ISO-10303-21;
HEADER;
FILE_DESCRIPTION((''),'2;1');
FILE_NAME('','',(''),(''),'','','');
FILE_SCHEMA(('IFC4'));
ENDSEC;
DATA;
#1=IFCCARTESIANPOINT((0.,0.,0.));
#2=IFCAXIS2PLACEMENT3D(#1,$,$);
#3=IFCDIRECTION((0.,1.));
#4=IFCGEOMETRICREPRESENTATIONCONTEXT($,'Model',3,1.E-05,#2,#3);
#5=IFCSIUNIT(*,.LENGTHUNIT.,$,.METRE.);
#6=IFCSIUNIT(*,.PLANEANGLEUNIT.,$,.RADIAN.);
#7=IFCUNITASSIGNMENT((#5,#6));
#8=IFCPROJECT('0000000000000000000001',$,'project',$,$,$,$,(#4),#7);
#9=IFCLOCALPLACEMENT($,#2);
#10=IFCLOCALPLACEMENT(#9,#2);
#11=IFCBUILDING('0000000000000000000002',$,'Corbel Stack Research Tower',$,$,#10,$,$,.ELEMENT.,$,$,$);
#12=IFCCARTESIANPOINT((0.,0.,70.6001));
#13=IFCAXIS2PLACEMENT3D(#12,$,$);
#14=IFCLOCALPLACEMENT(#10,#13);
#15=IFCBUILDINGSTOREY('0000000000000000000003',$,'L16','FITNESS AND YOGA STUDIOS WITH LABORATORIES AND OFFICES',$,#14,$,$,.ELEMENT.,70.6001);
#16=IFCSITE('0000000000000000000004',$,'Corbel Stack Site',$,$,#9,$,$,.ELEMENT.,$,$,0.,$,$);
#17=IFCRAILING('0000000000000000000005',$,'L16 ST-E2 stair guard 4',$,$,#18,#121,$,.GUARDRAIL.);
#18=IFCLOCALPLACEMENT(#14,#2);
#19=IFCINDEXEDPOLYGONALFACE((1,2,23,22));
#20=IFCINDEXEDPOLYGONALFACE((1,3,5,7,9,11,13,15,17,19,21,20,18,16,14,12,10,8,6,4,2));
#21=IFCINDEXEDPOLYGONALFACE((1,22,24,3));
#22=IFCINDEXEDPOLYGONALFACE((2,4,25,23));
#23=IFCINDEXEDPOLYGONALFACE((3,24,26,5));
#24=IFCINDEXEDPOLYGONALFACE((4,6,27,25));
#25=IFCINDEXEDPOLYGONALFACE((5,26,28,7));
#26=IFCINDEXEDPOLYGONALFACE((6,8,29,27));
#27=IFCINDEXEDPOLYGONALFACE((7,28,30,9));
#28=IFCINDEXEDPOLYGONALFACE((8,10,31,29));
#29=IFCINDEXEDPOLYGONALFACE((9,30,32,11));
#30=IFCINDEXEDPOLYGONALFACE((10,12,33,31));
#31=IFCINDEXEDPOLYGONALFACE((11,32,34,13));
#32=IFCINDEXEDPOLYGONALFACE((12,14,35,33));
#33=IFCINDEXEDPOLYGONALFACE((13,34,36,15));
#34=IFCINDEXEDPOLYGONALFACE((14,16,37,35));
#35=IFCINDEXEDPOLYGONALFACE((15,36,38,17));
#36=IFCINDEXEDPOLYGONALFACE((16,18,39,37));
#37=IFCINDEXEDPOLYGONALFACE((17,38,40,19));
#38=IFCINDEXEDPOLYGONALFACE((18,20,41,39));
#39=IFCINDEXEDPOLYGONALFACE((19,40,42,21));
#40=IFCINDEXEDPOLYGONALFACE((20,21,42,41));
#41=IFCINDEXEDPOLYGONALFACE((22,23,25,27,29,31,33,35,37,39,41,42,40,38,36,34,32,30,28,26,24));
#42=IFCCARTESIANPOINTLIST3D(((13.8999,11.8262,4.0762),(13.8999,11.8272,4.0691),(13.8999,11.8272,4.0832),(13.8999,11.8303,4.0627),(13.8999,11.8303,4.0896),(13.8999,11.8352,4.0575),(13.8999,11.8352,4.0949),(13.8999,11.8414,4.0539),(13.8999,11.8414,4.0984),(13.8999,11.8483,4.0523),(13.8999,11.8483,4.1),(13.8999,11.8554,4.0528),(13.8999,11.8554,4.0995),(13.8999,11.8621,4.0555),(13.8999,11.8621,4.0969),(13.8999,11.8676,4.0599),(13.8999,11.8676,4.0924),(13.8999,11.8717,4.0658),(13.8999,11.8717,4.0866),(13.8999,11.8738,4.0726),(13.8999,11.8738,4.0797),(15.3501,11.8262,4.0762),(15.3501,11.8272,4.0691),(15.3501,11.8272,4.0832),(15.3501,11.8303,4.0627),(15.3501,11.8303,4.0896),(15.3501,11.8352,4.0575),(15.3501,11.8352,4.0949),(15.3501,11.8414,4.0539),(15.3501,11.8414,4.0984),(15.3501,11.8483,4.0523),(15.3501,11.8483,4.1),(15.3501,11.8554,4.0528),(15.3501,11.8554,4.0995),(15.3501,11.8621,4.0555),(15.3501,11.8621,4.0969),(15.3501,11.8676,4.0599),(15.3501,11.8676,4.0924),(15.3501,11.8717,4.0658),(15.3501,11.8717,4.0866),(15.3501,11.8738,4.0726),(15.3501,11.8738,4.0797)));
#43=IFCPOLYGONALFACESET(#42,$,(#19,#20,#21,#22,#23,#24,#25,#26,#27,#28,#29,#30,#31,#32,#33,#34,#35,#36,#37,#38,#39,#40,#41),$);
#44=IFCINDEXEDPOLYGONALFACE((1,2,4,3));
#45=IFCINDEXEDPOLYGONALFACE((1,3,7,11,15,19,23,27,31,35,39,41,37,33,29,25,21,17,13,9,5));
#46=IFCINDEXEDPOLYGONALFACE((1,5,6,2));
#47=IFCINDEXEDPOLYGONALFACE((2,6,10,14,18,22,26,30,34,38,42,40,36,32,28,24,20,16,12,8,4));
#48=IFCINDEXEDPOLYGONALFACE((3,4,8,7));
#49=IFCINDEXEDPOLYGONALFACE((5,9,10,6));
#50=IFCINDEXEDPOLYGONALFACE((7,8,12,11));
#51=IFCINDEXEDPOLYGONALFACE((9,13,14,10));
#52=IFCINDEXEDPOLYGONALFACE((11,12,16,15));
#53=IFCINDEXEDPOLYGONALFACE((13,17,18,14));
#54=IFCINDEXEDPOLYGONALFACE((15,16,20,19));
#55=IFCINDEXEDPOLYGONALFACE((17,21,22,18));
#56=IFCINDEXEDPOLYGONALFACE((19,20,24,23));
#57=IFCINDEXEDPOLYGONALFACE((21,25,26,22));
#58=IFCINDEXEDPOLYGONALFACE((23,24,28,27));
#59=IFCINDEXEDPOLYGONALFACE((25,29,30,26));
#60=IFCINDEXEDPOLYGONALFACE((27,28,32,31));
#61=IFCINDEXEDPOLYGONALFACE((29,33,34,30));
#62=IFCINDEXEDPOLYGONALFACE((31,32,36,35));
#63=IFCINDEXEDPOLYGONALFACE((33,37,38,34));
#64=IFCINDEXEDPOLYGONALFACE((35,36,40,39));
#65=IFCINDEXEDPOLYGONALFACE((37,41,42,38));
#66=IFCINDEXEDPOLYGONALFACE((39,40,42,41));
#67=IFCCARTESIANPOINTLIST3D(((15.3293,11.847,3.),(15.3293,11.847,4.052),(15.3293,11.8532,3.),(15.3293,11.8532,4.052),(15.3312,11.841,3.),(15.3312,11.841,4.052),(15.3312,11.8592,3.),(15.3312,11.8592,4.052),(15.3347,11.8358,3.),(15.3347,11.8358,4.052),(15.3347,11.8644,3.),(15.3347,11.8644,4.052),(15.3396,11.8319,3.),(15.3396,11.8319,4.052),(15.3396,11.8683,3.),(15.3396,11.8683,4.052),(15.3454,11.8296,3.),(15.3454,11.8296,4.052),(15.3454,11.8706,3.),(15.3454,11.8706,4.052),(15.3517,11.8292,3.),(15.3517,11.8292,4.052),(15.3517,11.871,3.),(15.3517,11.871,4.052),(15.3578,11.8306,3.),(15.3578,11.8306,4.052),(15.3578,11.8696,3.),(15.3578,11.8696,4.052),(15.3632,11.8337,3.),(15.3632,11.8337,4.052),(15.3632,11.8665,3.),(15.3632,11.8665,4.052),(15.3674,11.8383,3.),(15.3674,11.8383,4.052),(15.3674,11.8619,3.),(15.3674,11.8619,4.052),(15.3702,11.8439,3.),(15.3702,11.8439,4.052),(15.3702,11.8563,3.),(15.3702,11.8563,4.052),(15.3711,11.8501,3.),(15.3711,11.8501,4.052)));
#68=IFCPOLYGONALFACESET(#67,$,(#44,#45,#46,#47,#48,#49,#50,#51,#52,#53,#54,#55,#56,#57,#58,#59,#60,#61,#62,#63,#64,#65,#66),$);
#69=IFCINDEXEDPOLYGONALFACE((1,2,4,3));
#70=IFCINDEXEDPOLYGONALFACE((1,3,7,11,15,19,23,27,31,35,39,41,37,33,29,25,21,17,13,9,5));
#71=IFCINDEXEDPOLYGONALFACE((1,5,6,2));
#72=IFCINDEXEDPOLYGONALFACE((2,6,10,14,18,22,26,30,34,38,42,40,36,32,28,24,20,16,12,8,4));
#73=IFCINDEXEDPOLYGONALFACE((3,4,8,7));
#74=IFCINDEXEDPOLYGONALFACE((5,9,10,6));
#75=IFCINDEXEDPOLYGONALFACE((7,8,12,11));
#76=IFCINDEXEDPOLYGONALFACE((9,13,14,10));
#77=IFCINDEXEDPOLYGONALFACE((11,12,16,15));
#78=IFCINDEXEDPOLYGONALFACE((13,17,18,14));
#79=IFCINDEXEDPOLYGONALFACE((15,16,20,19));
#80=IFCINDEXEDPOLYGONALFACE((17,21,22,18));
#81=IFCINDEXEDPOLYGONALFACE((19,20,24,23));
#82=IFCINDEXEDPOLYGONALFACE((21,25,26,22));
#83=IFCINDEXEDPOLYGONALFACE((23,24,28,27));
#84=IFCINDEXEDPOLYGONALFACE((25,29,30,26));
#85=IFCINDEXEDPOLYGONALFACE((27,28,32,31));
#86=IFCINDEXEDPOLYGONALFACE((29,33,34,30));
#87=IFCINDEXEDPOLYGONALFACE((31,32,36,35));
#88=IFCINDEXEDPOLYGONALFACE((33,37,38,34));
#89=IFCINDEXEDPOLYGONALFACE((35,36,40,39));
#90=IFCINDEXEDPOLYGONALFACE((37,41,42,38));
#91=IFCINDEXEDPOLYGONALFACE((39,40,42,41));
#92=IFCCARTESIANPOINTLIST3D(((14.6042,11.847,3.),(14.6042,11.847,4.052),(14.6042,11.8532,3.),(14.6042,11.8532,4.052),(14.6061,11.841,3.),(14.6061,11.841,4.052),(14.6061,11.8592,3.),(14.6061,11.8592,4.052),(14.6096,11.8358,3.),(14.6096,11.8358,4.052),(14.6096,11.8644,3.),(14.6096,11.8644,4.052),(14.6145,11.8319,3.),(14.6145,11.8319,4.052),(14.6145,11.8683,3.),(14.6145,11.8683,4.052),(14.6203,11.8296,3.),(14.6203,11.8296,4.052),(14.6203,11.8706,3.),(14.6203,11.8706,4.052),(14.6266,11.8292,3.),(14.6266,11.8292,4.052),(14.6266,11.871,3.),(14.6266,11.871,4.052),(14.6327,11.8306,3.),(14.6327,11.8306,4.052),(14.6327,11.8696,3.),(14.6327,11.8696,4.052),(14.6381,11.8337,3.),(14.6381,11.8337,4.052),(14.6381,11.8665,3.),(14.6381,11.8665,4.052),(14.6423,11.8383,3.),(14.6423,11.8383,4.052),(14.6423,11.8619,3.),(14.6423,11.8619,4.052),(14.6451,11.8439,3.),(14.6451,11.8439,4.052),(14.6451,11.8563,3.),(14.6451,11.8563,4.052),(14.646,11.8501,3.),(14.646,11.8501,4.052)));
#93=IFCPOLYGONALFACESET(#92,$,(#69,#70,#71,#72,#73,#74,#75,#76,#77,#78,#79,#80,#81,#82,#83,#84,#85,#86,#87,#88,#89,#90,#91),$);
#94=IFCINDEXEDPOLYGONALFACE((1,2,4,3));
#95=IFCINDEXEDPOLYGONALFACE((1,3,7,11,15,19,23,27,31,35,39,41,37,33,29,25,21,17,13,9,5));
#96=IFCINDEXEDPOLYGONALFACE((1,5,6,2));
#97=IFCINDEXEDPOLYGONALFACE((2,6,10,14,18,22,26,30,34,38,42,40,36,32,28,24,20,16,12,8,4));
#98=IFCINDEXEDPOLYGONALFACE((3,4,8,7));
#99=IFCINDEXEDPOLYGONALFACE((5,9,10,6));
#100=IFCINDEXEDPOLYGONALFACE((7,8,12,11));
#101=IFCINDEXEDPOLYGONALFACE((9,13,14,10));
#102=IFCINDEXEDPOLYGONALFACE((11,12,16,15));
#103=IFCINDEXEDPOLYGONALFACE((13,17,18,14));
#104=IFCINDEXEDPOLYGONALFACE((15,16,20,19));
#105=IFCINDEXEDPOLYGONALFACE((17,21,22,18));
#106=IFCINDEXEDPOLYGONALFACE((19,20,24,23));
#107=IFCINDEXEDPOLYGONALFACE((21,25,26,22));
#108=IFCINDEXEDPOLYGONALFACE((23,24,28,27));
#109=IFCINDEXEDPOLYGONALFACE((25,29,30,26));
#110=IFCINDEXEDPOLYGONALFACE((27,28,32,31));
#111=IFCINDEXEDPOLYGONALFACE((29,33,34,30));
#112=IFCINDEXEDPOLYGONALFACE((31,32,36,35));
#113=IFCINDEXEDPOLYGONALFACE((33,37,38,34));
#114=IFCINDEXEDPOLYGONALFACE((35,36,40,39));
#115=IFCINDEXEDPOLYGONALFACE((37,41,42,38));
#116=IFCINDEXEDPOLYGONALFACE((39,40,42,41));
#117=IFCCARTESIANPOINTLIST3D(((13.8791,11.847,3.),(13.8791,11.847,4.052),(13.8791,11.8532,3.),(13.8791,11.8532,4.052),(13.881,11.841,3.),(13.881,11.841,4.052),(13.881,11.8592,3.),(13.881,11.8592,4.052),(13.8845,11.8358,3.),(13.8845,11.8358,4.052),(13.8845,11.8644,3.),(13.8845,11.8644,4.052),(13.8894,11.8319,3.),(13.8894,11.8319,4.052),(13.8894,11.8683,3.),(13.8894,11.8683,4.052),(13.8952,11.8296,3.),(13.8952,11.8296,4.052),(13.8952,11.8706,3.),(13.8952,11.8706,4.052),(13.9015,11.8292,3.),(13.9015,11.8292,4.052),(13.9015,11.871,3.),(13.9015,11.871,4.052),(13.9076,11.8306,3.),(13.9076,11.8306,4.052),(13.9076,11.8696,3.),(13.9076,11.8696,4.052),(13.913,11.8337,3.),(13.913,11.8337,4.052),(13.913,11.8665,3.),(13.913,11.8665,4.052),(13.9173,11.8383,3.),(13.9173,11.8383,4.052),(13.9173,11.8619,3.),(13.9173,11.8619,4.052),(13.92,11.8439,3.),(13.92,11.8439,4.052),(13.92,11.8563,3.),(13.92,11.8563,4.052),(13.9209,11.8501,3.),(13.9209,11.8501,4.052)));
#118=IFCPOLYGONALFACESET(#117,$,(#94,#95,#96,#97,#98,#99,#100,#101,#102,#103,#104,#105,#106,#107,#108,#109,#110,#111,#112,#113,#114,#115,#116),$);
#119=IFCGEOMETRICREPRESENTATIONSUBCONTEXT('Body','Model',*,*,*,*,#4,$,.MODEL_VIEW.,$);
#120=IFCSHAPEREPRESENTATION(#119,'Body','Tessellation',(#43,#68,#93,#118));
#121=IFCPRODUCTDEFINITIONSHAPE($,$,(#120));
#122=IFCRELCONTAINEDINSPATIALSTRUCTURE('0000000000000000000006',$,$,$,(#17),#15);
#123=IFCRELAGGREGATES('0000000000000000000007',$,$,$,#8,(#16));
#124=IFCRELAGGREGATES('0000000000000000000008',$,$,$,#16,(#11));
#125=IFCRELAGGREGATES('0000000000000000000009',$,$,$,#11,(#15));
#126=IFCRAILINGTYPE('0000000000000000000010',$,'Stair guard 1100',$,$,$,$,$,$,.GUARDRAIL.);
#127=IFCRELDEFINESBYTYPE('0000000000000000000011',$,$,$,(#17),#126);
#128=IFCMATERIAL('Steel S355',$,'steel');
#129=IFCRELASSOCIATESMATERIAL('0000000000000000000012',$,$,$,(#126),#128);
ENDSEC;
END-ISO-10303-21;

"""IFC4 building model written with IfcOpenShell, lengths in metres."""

from ifc_helpers import new_model, si_unit, direction, frame, origin, origin_2d, place, context, subcontext, project, spatial, circle, extrude, material, type_object, element, save


model = new_model("IFC4")

# Units and contexts
model_context = context("Model", 3, precision=1e-05, world=origin(), true_north=direction((0.0, 1.0)))
body_context = subcontext(model_context, "Body", "Model", "MODEL_VIEW")
ifc_project = project(units=[si_unit("LENGTHUNIT", "METRE"), si_unit("PLANEANGLEUNIT", "RADIAN")], contexts=[model_context])

# Site, building, storey
site_placement = place(None, origin())
site = spatial("IfcSite", under=ifc_project, at=site_placement, Name="Corbel Stack Site", CompositionType="ELEMENT", RefElevation=0.0)
building_placement = place(site_placement, origin())
building = spatial("IfcBuilding", under=site, at=building_placement, Name="Corbel Stack Research Tower", CompositionType="ELEMENT")
storey_placement = place(building_placement, frame((0.0, 0.0, 70.6001)))
storey = spatial("IfcBuildingStorey", under=building, at=storey_placement, Name="L16", Description="FITNESS AND YOGA STUDIOS WITH LABORATORIES AND OFFICES", CompositionType="ELEMENT", Elevation=70.6001)

# Railing
ifc_material_1 = material(Name="Steel S355", Category="steel")
railing_type_1 = type_object("IfcRailingType", Name="Stair guard 1100", PredefinedType="GUARDRAIL", material=ifc_material_1)
railing_1_placement = place(storey_placement, frame((15.3501, 11.8501, 3.0)))
element("IfcRailing", 1, at=railing_1_placement, inside=storey, type_object=railing_type_1, Name="L16 ST-E2 stair guard 4", PredefinedType="GUARDRAIL", context=body_context, shape_type="SweptSolid", body=[
    extrude(circle(Radius=0.0239, at=origin_2d()), frame((0.0, 0.0, 1.0762), z_axis=(-1.0, 0.0, 0.0), x_axis=(0.0, -1.0, 0.0)), (0.0, 0.0, 1.0), 1.4502),
    extrude(circle(Radius=0.021, at=origin_2d()), origin(), (0.0, 0.0, 1.0), 1.052),
    extrude(circle(Radius=0.021, at=origin_2d()), frame((-0.7251, 0.0, 0.0)), (0.0, 0.0, 1.0), 1.052),
    extrude(circle(Radius=0.021, at=origin_2d()), frame((-1.4502, 0.0, 0.0)), (0.0, 0.0, 1.0), 1.052),
])

save(model, "model.ifc")
